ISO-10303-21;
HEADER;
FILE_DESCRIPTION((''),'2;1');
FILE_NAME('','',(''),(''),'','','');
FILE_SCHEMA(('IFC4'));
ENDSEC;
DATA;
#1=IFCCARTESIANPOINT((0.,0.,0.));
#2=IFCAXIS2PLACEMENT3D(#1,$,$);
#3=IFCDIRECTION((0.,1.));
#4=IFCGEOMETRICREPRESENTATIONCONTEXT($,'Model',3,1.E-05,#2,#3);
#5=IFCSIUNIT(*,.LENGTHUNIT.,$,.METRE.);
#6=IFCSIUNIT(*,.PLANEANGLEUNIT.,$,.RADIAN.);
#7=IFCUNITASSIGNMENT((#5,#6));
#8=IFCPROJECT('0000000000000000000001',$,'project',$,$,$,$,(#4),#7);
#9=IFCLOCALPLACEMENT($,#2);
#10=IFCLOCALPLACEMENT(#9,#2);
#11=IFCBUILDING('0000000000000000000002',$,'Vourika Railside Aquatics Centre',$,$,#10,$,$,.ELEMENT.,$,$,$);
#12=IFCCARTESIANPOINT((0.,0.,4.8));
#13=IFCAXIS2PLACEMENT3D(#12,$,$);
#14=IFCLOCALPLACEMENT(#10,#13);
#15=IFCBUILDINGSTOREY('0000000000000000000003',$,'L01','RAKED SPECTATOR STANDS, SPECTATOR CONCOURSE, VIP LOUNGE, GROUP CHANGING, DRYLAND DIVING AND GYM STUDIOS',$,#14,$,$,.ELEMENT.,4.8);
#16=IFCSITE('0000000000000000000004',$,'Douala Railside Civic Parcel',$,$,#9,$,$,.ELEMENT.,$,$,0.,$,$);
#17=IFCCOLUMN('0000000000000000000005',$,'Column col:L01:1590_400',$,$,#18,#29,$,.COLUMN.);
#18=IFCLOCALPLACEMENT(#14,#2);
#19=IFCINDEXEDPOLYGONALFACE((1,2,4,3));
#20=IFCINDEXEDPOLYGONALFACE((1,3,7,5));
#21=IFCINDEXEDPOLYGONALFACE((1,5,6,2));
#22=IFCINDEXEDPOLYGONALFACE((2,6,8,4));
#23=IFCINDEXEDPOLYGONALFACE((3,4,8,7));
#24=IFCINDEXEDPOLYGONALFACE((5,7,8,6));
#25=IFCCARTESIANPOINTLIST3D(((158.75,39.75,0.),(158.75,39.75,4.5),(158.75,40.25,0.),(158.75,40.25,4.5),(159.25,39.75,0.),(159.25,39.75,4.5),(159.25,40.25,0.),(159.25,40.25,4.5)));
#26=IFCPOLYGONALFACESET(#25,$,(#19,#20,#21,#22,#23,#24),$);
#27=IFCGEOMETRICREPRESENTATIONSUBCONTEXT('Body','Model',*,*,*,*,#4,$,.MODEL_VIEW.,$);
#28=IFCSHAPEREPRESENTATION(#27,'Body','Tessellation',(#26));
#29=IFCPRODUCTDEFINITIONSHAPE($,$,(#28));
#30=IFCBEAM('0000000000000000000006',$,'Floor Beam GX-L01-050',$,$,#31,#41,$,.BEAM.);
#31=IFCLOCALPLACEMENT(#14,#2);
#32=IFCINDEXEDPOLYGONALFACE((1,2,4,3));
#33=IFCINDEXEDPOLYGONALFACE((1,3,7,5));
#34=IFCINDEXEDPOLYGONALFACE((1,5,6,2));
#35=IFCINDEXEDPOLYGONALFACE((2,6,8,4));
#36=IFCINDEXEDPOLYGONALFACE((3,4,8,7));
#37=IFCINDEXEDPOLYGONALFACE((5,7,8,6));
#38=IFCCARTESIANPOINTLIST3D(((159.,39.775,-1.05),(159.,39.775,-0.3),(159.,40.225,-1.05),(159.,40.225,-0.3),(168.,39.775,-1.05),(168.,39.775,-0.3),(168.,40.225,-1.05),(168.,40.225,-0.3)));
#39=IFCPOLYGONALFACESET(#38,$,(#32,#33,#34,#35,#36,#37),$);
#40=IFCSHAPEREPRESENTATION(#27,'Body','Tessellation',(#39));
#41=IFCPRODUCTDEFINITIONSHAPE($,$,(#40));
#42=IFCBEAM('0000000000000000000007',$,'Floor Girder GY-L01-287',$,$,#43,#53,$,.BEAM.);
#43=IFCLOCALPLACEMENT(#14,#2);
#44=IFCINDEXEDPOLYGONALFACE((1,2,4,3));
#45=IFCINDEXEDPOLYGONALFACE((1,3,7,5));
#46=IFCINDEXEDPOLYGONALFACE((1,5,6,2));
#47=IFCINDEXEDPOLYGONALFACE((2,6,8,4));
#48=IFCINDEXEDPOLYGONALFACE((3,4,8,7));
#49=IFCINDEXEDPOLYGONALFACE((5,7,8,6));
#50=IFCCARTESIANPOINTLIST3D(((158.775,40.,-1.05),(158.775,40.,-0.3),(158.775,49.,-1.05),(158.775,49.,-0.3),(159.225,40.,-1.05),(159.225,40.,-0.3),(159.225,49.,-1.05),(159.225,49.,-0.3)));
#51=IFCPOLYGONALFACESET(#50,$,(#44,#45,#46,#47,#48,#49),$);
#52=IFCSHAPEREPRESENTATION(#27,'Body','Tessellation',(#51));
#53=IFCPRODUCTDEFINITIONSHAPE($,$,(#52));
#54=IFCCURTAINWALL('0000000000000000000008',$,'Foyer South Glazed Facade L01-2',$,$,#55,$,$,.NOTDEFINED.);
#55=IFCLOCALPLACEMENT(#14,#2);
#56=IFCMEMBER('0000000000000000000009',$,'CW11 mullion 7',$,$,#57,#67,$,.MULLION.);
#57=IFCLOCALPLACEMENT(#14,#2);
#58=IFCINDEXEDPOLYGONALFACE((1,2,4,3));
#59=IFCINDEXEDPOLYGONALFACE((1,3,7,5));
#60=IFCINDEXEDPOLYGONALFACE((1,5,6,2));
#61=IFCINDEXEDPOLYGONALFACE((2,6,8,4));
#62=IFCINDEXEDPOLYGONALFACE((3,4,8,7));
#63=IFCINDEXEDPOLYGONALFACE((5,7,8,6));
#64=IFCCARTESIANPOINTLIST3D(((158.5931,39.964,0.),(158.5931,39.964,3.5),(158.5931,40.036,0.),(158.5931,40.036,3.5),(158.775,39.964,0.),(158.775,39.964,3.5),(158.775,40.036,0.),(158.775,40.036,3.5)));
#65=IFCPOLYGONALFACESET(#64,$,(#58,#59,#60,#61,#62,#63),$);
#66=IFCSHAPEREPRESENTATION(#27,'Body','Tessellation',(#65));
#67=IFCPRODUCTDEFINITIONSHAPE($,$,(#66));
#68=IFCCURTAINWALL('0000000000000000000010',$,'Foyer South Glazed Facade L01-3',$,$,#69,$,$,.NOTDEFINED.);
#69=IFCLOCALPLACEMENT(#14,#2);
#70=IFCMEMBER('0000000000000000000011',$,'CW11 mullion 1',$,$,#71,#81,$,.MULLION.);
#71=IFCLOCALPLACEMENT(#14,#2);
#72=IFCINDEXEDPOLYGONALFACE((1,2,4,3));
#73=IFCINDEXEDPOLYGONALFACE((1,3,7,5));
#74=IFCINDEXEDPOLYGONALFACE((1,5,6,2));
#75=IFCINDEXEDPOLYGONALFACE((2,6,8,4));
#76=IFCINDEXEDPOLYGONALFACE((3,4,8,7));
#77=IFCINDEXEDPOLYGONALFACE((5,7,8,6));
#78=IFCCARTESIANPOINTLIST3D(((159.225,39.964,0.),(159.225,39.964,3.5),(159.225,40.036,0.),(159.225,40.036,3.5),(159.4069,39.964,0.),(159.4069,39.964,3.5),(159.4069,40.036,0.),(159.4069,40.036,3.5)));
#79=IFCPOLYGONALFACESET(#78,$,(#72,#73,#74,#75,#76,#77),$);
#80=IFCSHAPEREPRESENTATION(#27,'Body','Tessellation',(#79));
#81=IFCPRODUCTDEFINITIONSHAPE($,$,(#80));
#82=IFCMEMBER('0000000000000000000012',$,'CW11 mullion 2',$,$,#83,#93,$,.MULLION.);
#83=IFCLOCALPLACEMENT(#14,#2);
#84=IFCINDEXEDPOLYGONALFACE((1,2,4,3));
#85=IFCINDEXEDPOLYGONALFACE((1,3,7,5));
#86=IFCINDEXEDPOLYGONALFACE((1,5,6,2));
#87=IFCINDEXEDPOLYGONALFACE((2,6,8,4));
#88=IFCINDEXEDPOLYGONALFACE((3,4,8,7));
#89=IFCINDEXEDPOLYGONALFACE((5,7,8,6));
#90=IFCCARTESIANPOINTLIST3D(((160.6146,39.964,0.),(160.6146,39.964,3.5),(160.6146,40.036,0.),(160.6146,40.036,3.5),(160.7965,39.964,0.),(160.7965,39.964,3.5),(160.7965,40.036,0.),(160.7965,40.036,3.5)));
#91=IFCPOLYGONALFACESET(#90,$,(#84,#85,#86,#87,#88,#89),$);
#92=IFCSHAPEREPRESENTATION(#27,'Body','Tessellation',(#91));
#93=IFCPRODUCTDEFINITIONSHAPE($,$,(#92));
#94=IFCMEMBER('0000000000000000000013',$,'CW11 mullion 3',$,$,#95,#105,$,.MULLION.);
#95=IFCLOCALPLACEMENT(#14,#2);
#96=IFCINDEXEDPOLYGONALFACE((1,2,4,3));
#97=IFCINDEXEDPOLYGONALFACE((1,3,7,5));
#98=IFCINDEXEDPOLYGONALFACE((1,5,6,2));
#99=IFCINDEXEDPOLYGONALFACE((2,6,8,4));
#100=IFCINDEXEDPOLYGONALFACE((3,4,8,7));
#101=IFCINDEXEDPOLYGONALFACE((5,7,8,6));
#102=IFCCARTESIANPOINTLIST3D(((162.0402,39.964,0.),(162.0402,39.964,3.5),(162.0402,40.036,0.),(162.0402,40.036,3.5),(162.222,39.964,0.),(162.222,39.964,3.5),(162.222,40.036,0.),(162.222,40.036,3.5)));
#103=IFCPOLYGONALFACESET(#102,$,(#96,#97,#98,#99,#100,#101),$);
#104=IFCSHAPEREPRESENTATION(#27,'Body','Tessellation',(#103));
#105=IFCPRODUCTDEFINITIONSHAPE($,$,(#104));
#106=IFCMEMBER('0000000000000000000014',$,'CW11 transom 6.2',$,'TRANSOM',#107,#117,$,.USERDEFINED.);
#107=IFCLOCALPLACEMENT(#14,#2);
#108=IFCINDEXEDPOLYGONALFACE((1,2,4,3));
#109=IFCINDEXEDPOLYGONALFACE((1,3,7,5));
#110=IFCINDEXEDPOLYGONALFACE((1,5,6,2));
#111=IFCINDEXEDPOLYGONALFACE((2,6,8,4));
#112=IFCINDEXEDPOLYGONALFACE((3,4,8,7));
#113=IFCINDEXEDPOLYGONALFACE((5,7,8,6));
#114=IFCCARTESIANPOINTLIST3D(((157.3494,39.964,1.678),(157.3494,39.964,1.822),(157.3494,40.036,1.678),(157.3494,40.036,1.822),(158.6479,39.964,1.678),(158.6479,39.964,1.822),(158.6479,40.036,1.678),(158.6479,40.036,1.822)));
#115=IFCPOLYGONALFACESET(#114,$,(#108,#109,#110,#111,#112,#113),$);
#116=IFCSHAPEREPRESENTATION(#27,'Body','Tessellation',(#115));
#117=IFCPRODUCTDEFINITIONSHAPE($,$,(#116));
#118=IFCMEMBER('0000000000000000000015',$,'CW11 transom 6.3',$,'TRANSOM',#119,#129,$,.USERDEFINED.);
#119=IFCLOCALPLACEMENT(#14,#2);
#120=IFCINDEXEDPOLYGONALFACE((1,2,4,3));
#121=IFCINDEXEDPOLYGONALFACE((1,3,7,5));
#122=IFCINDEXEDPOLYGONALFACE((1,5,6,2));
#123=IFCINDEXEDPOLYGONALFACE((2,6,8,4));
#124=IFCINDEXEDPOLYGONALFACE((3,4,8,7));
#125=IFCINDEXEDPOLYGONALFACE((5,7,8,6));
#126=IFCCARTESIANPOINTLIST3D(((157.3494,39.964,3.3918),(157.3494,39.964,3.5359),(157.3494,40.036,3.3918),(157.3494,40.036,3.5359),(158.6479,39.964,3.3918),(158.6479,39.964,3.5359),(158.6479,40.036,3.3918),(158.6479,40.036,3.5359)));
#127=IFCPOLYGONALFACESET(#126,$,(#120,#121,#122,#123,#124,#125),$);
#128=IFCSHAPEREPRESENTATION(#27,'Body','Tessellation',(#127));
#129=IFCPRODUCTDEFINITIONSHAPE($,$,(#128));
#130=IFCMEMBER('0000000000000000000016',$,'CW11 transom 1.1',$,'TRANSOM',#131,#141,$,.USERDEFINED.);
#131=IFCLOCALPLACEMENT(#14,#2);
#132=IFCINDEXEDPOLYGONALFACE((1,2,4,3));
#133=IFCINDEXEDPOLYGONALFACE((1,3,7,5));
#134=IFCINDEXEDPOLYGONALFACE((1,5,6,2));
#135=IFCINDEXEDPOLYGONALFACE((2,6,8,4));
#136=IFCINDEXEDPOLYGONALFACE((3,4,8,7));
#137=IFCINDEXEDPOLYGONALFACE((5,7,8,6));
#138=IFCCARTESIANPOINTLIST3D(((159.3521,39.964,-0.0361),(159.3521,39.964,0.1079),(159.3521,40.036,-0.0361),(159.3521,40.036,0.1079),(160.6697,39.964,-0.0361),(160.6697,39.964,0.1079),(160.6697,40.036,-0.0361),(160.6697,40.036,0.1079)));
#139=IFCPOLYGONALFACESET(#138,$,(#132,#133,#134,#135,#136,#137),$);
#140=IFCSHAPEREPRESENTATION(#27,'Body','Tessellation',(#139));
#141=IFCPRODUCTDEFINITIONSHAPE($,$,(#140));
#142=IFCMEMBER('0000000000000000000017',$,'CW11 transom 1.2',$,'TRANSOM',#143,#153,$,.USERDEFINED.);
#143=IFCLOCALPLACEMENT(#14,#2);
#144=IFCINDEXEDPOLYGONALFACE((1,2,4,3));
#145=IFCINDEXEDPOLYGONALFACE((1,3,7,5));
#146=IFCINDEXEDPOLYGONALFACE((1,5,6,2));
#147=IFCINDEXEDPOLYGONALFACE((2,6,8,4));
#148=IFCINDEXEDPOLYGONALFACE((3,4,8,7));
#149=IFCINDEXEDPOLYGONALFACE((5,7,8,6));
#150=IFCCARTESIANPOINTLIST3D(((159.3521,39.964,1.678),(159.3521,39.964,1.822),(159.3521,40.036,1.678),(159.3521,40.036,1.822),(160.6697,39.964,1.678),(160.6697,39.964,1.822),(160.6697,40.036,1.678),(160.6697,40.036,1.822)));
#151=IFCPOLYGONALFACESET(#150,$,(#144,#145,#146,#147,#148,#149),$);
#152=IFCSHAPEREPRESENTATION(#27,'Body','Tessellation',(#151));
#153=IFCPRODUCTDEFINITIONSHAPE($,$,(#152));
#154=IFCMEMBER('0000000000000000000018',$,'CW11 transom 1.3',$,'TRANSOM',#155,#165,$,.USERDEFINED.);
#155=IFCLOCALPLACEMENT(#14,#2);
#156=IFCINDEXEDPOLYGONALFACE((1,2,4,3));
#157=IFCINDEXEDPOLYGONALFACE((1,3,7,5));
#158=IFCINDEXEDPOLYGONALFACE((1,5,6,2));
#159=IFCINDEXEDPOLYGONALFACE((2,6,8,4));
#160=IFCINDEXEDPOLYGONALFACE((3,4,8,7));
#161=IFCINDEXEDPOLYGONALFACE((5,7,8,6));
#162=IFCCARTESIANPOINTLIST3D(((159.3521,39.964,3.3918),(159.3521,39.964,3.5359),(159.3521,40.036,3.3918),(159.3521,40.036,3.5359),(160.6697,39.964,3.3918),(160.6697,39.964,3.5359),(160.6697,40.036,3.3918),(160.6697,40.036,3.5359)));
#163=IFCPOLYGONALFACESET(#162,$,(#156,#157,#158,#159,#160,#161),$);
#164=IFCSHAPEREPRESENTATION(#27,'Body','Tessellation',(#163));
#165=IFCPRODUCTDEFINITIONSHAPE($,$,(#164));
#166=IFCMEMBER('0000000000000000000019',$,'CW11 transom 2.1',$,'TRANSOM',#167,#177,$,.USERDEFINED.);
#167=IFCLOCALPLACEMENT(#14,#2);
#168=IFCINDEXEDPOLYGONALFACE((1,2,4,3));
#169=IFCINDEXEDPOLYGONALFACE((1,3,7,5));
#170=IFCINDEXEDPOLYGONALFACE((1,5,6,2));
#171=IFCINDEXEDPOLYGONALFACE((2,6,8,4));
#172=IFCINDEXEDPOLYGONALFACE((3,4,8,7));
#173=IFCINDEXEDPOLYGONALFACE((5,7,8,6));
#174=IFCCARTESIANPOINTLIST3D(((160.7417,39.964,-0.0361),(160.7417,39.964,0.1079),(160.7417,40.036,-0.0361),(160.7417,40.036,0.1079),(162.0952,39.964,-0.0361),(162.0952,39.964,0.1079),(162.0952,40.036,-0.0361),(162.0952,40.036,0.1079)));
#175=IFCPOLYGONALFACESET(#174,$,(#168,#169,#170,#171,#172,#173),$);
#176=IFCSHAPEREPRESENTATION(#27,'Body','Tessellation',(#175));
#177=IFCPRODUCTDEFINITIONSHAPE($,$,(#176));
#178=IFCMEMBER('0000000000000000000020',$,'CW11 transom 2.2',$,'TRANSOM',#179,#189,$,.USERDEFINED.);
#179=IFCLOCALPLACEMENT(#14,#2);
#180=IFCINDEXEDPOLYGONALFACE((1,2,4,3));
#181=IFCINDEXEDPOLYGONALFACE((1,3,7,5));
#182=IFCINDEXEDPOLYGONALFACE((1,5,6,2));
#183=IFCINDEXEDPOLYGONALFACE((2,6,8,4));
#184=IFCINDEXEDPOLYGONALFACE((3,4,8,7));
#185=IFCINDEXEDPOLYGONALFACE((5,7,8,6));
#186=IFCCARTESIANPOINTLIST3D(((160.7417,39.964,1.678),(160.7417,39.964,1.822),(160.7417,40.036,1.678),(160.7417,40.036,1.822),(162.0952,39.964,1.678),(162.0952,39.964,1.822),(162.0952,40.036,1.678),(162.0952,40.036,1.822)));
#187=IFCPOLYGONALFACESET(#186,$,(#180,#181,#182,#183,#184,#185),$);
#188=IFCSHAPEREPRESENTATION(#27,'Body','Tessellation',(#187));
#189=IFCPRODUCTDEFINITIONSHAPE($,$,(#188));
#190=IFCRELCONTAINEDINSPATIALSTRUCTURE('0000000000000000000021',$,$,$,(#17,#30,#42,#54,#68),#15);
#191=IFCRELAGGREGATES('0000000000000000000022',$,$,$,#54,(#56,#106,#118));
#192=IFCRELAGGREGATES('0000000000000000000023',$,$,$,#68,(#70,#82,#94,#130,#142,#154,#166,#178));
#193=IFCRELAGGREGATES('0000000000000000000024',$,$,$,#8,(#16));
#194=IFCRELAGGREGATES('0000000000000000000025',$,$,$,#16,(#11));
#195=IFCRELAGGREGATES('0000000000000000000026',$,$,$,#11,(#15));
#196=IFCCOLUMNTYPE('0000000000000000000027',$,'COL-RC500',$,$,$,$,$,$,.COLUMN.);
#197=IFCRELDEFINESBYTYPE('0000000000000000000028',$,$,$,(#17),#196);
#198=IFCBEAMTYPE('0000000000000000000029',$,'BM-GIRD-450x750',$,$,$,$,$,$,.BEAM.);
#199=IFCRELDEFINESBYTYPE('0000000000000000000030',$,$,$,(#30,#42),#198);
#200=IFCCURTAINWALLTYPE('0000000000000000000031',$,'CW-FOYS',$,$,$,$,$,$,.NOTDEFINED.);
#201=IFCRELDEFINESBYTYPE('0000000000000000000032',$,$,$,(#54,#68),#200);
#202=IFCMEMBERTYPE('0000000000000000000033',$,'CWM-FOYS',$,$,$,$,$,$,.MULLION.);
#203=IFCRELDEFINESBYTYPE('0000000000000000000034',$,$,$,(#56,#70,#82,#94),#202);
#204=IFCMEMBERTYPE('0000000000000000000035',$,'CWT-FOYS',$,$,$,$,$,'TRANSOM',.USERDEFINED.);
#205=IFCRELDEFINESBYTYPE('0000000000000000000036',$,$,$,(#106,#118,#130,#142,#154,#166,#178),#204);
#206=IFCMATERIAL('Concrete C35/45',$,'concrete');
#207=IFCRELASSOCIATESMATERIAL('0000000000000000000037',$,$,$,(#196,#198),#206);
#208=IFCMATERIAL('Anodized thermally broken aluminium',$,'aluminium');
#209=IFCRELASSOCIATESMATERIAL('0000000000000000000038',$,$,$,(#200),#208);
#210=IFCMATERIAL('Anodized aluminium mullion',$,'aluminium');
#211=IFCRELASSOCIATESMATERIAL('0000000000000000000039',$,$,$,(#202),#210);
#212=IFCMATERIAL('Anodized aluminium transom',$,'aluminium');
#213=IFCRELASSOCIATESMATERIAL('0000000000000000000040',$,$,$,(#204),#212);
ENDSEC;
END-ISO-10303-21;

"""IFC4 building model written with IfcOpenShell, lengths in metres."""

from ifc_helpers import new_model, si_unit, direction, frame, origin, origin_2d, place, context, subcontext, project, spatial, rectangle, extrude, material, material_profile, profile_set, type_object, element, aggregate, save


model = new_model("IFC4")

# Units and contexts
model_context = context("Model", 3, precision=1e-05, world=origin(), true_north=direction((0.0, 1.0)))
body_context = subcontext(model_context, "Body", "Model", "MODEL_VIEW")
ifc_project = project(units=[si_unit("LENGTHUNIT", "METRE"), si_unit("PLANEANGLEUNIT", "RADIAN")], contexts=[model_context])

# Site, building, storey
site_placement = place(None, origin())
site = spatial("IfcSite", under=ifc_project, at=site_placement, Name="Douala Railside Civic Parcel", CompositionType="ELEMENT", RefElevation=0.0)
building_placement = place(site_placement, origin())
building = spatial("IfcBuilding", under=site, at=building_placement, Name="Vourika Railside Aquatics Centre", CompositionType="ELEMENT")
storey_placement = place(building_placement, frame((0.0, 0.0, 4.8)))
storey = spatial("IfcBuildingStorey", under=building, at=storey_placement, Name="L01", Description="RAKED SPECTATOR STANDS, SPECTATOR CONCOURSE, VIP LOUNGE, GROUP CHANGING, DRYLAND DIVING AND GYM STUDIOS", CompositionType="ELEMENT", Elevation=4.8)

# Column
ifc_material_1 = material(Name="Concrete C35/45", Category="concrete")
ifc_material_profile_1 = material_profile(ifc_material_1, rectangle(XDim=0.5, YDim=0.5, at=origin_2d()), Name="RC 500x500")
ifc_profile_set_1 = profile_set([ifc_material_profile_1], Name="Concrete C35/45")
column_type = type_object("IfcColumnType", Name="COL-RC500", PredefinedType="COLUMN", material=ifc_profile_set_1)
column_placement = place(storey_placement, frame((159.0, 40.0, 0.0), z_axis=(0.0, 0.0, 1.0), x_axis=(1.0, 0.0, 0.0)))
element("IfcColumn", 1, at=column_placement, inside=storey, type_object=column_type, Name="Column col:L01:1590_400", PredefinedType="COLUMN", context=body_context, shape_type="SweptSolid", body=[
    extrude(rectangle(XDim=0.5, YDim=0.5, at=origin_2d()), origin(), (0.0, 0.0, 1.0), 4.5),
])

# Beams
ifc_material_profile_2 = material_profile(ifc_material_1, rectangle(XDim=0.45, YDim=0.75, at=origin_2d()), Name="RC 450x750")
ifc_profile_set_2 = profile_set([ifc_material_profile_2], Name="Concrete C35/45")
beam_type = type_object("IfcBeamType", Name="BM-GIRD-450x750", PredefinedType="BEAM", material=ifc_profile_set_2)
for number, where, z_axis, x_axis, name in (
    (2, (159.0, 40.0, -0.675), (1.0, 0.0, 0.0), (0.0, 1.0, 0.0), "Floor Beam GX-L01-050"),
    (3, (159.0, 40.0, -0.675), (0.0, 1.0, 0.0), (-1.0, 0.0, 0.0), "Floor Girder GY-L01-287"),
):
    element("IfcBeam", number, at=place(storey_placement, frame(where, z_axis=z_axis, x_axis=x_axis)), inside=storey, type_object=beam_type, Name=name, PredefinedType="BEAM", context=body_context, shape_type="SweptSolid", body=[
        extrude(rectangle(XDim=0.45, YDim=0.75, at=origin_2d()), origin(), (0.0, 0.0, 1.0), 9.0),
    ])

# Curtain wall, member
ifc_material_2 = material(Name="Anodized thermally broken aluminium", Category="aluminium")
curtain_wall_type = type_object("IfcCurtainWallType", Name="CW-FOYS", PredefinedType="NOTDEFINED", material=ifc_material_2)
curtain_wall_1_placement = place(storey_placement, origin())
curtain_wall_1 = element("IfcCurtainWall", 4, at=curtain_wall_1_placement, inside=storey, type_object=curtain_wall_type, Name="Foyer South Glazed Facade L01-2", PredefinedType="NOTDEFINED")
ifc_material_3 = material(Name="Anodized aluminium mullion", Category="aluminium")
ifc_material_profile_3 = material_profile(ifc_material_3, rectangle(XDim=0.072, YDim=0.1819, at=origin_2d()), Name="ALU-M 72x182")
ifc_profile_set_3 = profile_set([ifc_material_profile_3], Name="Anodized aluminium mullion")
member_type_1 = type_object("IfcMemberType", Name="CWM-FOYS", PredefinedType="MULLION", material=ifc_profile_set_3)
member_1_placement = place(storey_placement, frame((158.6841, 40.0, 0.0), z_axis=(0.0, 0.0, 1.0), x_axis=(0.0, 1.0, 0.0)))
member_1 = element("IfcMember", 5, at=member_1_placement, type_object=member_type_1, Name="CW11 mullion 7", PredefinedType="MULLION", context=body_context, shape_type="SweptSolid", body=[
    extrude(rectangle(XDim=0.072, YDim=0.1819, at=origin_2d()), origin(), (0.0, 0.0, 1.0), 3.5),
])

# Curtain wall, members
curtain_wall_2_placement = place(storey_placement, origin())
curtain_wall_2 = element("IfcCurtainWall", 6, at=curtain_wall_2_placement, inside=storey, type_object=curtain_wall_type, Name="Foyer South Glazed Facade L01-3", PredefinedType="NOTDEFINED")
member_2_placement = place(storey_placement, frame((159.3159, 40.0, 0.0), z_axis=(0.0, 0.0, 1.0), x_axis=(0.0, 1.0, 0.0)))
member_2 = element("IfcMember", 7, at=member_2_placement, type_object=member_type_1, Name="CW11 mullion 1", PredefinedType="MULLION", context=body_context, shape_type="SweptSolid", body=[
    extrude(rectangle(XDim=0.072, YDim=0.1819, at=origin_2d()), origin(), (0.0, 0.0, 1.0), 3.5),
])
member_3_placement = place(storey_placement, frame((160.7056, 40.0, 0.0), z_axis=(0.0, 0.0, 1.0), x_axis=(0.0, 1.0, 0.0)))
member_3 = element("IfcMember", 8, at=member_3_placement, type_object=member_type_1, Name="CW11 mullion 2", PredefinedType="MULLION", context=body_context, shape_type="SweptSolid", body=[
    extrude(rectangle(XDim=0.072, YDim=0.1819, at=origin_2d()), origin(), (0.0, 0.0, 1.0), 3.5),
])
member_4_placement = place(storey_placement, frame((162.1311, 40.0, 0.0), z_axis=(0.0, 0.0, 1.0), x_axis=(0.0, 1.0, 0.0)))
member_4 = element("IfcMember", 9, at=member_4_placement, type_object=member_type_1, Name="CW11 mullion 3", PredefinedType="MULLION", context=body_context, shape_type="SweptSolid", body=[
    extrude(rectangle(XDim=0.072, YDim=0.1819, at=origin_2d()), origin(), (0.0, 0.0, 1.0), 3.5),
])

# Members
ifc_material_4 = material(Name="Anodized aluminium transom", Category="aluminium")
ifc_material_profile_4 = material_profile(ifc_material_4, rectangle(XDim=0.072, YDim=0.144, at=origin_2d()), Name="ALU-T 72x144")
ifc_profile_set_4 = profile_set([ifc_material_profile_4], Name="Anodized aluminium transom")
member_type_2 = type_object("IfcMemberType", Name="CWT-FOYS", ElementType="TRANSOM", PredefinedType="USERDEFINED", material=ifc_profile_set_4)
member_5_placement = place(storey_placement, frame((157.3494, 40.0, 1.75), z_axis=(1.0, 0.0, 0.0), x_axis=(0.0, 1.0, 0.0)))
member_5 = element("IfcMember", 10, at=member_5_placement, type_object=member_type_2, Name="CW11 transom 6.2", ObjectType="TRANSOM", PredefinedType="USERDEFINED", context=body_context, shape_type="SweptSolid", body=[
    extrude(rectangle(XDim=0.072, YDim=0.144, at=origin_2d()), origin(), (0.0, 0.0, 1.0), 1.2986),
])
member_6_placement = place(storey_placement, frame((157.3494, 40.0, 3.4639), z_axis=(1.0, 0.0, 0.0), x_axis=(0.0, 1.0, 0.0)))
member_6 = element("IfcMember", 11, at=member_6_placement, type_object=member_type_2, Name="CW11 transom 6.3", ObjectType="TRANSOM", PredefinedType="USERDEFINED", context=body_context, shape_type="SweptSolid", body=[
    extrude(rectangle(XDim=0.072, YDim=0.144, at=origin_2d()), origin(), (0.0, 0.0, 1.0), 1.2986),
])
member_7_placement = place(storey_placement, frame((159.3521, 40.0, 0.0359), z_axis=(1.0, 0.0, 0.0), x_axis=(0.0, 1.0, 0.0)))
member_7 = element("IfcMember", 12, at=member_7_placement, type_object=member_type_2, Name="CW11 transom 1.1", ObjectType="TRANSOM", PredefinedType="USERDEFINED", context=body_context, shape_type="SweptSolid", body=[
    extrude(rectangle(XDim=0.072, YDim=0.144, at=origin_2d()), origin(), (0.0, 0.0, 1.0), 1.3176),
])
member_8_placement = place(storey_placement, frame((159.3521, 40.0, 1.75), z_axis=(1.0, 0.0, 0.0), x_axis=(0.0, 1.0, 0.0)))
member_8 = element("IfcMember", 13, at=member_8_placement, type_object=member_type_2, Name="CW11 transom 1.2", ObjectType="TRANSOM", PredefinedType="USERDEFINED", context=body_context, shape_type="SweptSolid", body=[
    extrude(rectangle(XDim=0.072, YDim=0.144, at=origin_2d()), origin(), (0.0, 0.0, 1.0), 1.3176),
])
member_9_placement = place(storey_placement, frame((159.3521, 40.0, 3.4639), z_axis=(1.0, 0.0, 0.0), x_axis=(0.0, 1.0, 0.0)))
member_9 = element("IfcMember", 14, at=member_9_placement, type_object=member_type_2, Name="CW11 transom 1.3", ObjectType="TRANSOM", PredefinedType="USERDEFINED", context=body_context, shape_type="SweptSolid", body=[
    extrude(rectangle(XDim=0.072, YDim=0.144, at=origin_2d()), origin(), (0.0, 0.0, 1.0), 1.3176),
])
member_10_placement = place(storey_placement, frame((160.7417, 40.0, 0.0359), z_axis=(1.0, 0.0, 0.0), x_axis=(0.0, 1.0, 0.0)))
member_10 = element("IfcMember", 15, at=member_10_placement, type_object=member_type_2, Name="CW11 transom 2.1", ObjectType="TRANSOM", PredefinedType="USERDEFINED", context=body_context, shape_type="SweptSolid", body=[
    extrude(rectangle(XDim=0.072, YDim=0.144, at=origin_2d()), origin(), (0.0, 0.0, 1.0), 1.3535),
])
member_11_placement = place(storey_placement, frame((160.7417, 40.0, 1.75), z_axis=(1.0, 0.0, 0.0), x_axis=(0.0, 1.0, 0.0)))
member_11 = element("IfcMember", 16, at=member_11_placement, type_object=member_type_2, Name="CW11 transom 2.2", ObjectType="TRANSOM", PredefinedType="USERDEFINED", context=body_context, shape_type="SweptSolid", body=[
    extrude(rectangle(XDim=0.072, YDim=0.144, at=origin_2d()), origin(), (0.0, 0.0, 1.0), 1.3535),
])

aggregate(curtain_wall_1, [member_1, member_5, member_6])
aggregate(curtain_wall_2, [member_2, member_3, member_4, member_7, member_8, member_9, member_10, member_11])

save(model, "model.ifc")
